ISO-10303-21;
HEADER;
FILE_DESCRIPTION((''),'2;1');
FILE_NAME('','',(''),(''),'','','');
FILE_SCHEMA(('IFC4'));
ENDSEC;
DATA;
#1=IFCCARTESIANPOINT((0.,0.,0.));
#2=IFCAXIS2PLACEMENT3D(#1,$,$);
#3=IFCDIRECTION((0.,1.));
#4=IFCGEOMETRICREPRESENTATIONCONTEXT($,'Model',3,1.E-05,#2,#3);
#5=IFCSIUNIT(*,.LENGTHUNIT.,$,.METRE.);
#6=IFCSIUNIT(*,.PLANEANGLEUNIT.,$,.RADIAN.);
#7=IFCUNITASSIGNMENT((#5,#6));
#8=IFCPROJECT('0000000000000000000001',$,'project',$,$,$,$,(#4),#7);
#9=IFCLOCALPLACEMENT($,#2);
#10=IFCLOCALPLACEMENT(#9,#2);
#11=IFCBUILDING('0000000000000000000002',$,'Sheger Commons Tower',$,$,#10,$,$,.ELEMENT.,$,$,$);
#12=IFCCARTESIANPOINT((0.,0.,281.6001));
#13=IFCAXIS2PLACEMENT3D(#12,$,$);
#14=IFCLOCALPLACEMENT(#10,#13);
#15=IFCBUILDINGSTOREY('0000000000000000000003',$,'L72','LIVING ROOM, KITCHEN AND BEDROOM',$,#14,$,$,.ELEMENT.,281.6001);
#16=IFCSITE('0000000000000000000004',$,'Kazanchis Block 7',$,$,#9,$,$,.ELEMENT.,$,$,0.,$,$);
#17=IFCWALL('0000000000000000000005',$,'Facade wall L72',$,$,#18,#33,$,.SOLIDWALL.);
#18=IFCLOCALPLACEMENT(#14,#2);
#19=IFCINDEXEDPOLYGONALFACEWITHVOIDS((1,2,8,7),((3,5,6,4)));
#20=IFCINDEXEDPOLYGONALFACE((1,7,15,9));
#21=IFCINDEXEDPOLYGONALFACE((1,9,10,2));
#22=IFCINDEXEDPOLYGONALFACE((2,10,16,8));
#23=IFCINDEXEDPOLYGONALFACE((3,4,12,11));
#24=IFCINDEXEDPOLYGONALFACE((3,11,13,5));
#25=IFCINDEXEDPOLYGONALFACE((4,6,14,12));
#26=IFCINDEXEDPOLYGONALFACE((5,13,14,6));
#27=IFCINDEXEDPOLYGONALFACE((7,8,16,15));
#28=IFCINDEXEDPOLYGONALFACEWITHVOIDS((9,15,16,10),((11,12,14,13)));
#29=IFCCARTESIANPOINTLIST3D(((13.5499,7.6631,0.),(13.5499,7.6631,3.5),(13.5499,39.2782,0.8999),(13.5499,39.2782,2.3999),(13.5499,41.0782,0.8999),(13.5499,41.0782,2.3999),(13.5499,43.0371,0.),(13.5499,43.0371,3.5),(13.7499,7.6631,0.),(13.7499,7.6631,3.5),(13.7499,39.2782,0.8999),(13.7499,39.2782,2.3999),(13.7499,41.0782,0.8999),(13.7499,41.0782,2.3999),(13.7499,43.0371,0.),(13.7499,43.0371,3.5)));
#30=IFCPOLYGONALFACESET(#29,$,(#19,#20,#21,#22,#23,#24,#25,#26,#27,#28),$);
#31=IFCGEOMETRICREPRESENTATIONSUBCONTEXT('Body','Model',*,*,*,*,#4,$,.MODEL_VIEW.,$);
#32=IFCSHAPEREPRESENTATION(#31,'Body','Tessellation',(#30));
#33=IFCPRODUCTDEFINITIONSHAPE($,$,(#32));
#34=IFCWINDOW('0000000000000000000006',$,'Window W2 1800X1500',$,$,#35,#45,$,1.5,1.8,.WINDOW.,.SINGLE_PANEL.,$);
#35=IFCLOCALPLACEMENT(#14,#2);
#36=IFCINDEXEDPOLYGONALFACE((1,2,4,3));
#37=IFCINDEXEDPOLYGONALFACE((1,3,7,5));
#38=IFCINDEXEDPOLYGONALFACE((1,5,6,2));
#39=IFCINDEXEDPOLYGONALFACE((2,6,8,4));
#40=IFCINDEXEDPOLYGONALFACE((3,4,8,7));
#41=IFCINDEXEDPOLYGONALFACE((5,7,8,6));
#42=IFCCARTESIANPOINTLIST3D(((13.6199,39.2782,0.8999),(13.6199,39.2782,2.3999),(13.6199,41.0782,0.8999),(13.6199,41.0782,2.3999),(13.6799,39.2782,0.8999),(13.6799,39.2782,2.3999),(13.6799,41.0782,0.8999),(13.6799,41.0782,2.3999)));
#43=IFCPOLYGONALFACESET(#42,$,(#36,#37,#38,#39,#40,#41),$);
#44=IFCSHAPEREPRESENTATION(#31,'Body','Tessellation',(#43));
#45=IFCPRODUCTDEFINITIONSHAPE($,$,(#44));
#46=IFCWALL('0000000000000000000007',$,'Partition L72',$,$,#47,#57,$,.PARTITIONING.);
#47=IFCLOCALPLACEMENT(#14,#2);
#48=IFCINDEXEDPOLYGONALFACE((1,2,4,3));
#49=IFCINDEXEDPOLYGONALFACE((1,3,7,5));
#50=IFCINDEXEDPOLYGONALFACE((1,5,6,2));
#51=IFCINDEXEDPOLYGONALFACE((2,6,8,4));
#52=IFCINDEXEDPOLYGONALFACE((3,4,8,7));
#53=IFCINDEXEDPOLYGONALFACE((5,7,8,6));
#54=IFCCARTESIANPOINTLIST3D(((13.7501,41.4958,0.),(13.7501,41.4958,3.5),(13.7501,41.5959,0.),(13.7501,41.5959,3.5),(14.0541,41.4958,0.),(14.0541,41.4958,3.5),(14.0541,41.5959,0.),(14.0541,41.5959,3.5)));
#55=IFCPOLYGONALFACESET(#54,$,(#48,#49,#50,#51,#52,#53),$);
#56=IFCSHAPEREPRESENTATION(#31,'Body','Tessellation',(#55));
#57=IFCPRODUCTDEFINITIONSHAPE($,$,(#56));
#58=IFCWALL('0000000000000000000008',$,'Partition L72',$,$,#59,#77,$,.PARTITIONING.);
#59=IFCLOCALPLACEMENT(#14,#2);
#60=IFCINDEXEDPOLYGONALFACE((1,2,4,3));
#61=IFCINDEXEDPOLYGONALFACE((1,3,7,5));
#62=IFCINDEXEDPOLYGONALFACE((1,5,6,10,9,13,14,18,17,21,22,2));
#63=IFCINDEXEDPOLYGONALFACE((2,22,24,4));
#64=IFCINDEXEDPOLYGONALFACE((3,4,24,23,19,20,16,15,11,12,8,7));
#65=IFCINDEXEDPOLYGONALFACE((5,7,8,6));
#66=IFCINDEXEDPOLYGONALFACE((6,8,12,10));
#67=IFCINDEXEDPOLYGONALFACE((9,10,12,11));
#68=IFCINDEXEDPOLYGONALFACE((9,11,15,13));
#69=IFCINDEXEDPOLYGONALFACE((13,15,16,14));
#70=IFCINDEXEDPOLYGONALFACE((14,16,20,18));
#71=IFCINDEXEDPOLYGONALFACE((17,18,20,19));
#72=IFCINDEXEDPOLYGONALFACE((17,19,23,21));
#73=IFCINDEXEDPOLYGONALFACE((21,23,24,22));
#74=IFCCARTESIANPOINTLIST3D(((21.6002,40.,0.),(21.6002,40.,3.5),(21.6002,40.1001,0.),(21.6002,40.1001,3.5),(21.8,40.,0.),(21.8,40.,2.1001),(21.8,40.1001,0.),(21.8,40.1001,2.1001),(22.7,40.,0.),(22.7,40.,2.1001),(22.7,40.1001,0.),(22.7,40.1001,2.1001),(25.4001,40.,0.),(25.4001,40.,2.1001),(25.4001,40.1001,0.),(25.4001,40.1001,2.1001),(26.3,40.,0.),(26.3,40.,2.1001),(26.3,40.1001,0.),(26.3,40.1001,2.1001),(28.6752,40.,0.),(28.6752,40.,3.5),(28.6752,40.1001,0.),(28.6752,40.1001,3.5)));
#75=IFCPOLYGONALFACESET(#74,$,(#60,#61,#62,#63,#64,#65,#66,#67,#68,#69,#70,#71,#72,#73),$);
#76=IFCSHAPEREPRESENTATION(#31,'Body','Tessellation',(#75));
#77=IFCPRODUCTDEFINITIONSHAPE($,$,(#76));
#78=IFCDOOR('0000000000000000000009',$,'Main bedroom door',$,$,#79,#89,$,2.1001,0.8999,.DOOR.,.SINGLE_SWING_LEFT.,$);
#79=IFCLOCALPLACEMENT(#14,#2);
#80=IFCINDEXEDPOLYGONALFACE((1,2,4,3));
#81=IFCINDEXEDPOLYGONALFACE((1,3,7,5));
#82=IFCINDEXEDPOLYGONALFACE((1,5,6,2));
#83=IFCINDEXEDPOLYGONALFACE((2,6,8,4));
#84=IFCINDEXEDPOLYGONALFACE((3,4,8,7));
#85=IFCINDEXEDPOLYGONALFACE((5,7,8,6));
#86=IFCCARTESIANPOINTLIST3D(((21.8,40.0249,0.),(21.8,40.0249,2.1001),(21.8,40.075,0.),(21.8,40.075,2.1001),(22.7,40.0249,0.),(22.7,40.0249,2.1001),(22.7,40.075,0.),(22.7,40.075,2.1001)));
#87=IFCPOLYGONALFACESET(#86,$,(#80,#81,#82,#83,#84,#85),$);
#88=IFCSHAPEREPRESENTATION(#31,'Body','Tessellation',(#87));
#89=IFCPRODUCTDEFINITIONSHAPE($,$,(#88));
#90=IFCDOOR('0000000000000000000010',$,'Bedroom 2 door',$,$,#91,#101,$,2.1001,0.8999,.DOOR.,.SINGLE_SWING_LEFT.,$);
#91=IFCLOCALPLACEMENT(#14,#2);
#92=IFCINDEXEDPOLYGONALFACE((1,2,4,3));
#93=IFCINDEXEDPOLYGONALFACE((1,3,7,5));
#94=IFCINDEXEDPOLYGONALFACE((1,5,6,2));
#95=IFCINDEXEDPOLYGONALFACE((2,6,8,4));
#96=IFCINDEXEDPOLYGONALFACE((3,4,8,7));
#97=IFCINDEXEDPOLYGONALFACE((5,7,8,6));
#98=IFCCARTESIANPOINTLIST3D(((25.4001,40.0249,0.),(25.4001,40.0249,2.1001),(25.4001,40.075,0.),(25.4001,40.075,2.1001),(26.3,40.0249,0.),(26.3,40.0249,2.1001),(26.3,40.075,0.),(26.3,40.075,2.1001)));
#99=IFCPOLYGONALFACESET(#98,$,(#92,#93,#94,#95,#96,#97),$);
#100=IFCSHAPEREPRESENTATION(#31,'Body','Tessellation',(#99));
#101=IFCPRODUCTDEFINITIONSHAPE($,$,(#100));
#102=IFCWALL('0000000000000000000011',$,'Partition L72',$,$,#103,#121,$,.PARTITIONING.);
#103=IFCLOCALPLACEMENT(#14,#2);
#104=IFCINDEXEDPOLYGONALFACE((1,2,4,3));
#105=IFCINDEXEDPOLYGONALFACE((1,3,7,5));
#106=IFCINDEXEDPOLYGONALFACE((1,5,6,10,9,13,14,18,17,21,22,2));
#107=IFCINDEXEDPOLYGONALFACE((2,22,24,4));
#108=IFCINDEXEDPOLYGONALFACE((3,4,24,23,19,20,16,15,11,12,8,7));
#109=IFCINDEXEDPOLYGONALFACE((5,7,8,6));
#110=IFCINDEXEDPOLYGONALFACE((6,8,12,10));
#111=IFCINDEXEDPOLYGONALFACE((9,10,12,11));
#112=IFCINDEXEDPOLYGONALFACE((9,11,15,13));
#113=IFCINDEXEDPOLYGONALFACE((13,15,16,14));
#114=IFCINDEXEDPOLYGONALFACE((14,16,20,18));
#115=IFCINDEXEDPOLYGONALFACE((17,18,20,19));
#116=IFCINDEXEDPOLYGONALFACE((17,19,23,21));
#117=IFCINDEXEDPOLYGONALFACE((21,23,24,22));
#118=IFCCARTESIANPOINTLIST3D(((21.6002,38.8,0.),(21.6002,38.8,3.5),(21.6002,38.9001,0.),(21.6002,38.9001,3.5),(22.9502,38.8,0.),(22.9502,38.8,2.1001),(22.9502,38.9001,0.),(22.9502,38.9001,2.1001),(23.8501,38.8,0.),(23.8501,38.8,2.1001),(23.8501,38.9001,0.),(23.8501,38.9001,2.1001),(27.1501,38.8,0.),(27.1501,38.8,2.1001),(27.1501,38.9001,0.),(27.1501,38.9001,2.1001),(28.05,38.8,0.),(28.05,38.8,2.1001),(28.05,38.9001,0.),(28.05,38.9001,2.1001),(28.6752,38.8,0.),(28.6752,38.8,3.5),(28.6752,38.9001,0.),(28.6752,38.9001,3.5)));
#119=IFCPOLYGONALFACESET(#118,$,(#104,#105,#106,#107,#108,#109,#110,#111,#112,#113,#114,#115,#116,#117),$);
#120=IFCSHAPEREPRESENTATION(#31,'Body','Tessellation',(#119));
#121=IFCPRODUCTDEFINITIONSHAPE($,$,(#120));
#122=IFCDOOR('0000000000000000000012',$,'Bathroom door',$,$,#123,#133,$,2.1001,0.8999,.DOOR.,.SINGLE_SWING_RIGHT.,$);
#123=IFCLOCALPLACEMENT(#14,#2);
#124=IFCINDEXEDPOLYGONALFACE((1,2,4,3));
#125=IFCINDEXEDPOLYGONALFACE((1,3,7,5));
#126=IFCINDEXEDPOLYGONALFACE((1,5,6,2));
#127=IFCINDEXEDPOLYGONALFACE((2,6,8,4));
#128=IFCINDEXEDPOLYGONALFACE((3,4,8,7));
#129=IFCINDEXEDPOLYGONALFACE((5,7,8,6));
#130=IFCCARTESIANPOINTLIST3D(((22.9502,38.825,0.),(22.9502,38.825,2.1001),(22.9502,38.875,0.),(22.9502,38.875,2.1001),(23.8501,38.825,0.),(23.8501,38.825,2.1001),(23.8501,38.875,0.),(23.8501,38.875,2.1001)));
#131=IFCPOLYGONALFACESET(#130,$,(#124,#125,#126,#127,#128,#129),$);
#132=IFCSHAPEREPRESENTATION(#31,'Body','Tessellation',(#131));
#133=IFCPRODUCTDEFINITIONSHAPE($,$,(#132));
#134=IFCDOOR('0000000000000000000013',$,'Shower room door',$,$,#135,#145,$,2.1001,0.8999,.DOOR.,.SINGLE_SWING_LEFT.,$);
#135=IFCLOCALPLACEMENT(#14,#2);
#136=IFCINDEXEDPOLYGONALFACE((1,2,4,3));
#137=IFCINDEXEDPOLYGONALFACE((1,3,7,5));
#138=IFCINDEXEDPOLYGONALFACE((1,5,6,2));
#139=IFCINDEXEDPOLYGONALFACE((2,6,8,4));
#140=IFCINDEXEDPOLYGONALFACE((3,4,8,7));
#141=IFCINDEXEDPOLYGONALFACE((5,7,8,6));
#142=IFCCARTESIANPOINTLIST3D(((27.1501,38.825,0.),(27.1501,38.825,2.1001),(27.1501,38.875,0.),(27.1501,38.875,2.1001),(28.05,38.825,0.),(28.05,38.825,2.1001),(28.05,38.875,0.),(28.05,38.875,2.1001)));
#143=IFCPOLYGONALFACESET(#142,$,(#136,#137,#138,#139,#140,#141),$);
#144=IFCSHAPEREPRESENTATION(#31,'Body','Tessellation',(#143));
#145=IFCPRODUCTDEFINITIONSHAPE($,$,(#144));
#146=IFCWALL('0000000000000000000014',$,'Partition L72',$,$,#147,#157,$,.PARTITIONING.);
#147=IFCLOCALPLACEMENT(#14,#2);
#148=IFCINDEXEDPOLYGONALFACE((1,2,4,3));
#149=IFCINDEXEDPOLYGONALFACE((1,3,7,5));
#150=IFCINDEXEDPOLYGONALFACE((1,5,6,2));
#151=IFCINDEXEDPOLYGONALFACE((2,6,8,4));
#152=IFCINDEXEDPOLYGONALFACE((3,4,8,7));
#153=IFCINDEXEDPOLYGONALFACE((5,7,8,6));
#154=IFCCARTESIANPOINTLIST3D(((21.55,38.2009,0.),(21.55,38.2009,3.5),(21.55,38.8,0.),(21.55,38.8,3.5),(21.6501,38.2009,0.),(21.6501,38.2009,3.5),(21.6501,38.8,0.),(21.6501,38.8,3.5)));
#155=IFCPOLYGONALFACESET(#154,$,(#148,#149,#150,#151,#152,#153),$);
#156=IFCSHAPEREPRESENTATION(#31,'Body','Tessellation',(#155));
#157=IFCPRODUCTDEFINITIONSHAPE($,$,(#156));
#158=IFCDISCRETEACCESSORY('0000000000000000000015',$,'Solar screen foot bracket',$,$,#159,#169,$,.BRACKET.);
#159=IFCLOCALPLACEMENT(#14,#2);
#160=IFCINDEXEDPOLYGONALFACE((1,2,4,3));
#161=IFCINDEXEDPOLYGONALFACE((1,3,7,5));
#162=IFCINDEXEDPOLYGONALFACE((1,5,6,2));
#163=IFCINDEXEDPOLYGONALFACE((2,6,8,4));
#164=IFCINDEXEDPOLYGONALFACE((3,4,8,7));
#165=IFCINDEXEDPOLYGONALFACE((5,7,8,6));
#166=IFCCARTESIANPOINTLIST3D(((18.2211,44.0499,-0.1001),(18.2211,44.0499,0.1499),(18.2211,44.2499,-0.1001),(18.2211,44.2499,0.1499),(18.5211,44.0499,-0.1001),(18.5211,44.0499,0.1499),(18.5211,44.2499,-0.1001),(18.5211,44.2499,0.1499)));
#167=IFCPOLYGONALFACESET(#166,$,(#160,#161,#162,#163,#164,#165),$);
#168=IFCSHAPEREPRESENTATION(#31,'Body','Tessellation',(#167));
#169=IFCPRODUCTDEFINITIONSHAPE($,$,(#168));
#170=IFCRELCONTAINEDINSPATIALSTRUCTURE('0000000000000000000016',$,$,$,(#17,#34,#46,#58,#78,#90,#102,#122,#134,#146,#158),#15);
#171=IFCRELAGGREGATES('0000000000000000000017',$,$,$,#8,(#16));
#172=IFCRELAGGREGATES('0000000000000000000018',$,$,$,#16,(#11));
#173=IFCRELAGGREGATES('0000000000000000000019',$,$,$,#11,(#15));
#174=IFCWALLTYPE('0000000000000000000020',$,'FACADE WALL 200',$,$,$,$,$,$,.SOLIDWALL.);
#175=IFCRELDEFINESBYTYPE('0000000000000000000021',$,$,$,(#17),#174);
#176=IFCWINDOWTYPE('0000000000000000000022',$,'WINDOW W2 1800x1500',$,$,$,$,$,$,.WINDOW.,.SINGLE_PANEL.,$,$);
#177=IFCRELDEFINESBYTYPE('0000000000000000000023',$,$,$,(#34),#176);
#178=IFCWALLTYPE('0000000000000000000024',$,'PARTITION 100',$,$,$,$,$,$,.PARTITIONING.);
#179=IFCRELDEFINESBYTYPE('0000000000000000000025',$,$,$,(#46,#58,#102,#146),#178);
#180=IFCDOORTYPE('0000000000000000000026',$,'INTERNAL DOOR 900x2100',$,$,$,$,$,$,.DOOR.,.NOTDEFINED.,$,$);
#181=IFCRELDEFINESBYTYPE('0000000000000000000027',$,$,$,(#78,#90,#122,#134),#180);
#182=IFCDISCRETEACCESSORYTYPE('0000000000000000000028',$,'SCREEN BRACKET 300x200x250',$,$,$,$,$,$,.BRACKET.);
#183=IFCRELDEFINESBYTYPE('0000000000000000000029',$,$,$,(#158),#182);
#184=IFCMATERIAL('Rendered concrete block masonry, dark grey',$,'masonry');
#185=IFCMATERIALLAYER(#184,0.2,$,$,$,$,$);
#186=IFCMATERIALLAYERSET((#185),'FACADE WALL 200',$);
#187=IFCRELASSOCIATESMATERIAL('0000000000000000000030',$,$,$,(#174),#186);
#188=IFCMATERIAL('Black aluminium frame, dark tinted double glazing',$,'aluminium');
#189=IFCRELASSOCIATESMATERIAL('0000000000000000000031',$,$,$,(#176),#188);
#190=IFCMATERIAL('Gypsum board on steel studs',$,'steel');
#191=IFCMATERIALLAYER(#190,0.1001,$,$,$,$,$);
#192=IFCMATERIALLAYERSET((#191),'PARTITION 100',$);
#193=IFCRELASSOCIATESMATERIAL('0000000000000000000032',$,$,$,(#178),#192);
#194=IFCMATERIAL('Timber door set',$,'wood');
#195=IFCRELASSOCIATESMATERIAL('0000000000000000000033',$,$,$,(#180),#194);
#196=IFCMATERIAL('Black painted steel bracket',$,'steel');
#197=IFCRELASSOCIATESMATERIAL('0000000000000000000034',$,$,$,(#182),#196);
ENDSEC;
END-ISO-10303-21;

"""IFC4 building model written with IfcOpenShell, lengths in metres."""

from ifc_helpers import new_model, si_unit, direction, frame, frame_2d, origin, origin_2d, place, context, subcontext, project, spatial, rectangle, extrude, material, layer, layer_set, type_object, element, fill, save


model = new_model("IFC4")

# Units and contexts
model_context = context("Model", 3, precision=1e-05, world=origin(), true_north=direction((0.0, 1.0)))
body_context = subcontext(model_context, "Body", "Model", "MODEL_VIEW")
ifc_project = project(units=[si_unit("LENGTHUNIT", "METRE"), si_unit("PLANEANGLEUNIT", "RADIAN")], contexts=[model_context])

# Site, building, storey
site_placement = place(None, origin())
site = spatial("IfcSite", under=ifc_project, at=site_placement, Name="Kazanchis Block 7", CompositionType="ELEMENT", RefElevation=0.0)
building_placement = place(site_placement, origin())
building = spatial("IfcBuilding", under=site, at=building_placement, Name="Sheger Commons Tower", CompositionType="ELEMENT")
storey_placement = place(building_placement, frame((0.0, 0.0, 281.6001)))
storey = spatial("IfcBuildingStorey", under=building, at=storey_placement, Name="L72", Description="LIVING ROOM, KITCHEN AND BEDROOM", CompositionType="ELEMENT", Elevation=281.6001)

# Shared definitions
ifc_material_1 = material(Name="Rendered concrete block masonry, dark grey", Category="masonry")
ifc_layer_1 = layer(ifc_material_1, 0.2)
ifc_layer_set_1 = layer_set([ifc_layer_1], Name="FACADE WALL 200")
wall_type_1 = type_object("IfcWallType", Name="FACADE WALL 200", PredefinedType="SOLIDWALL", material=ifc_layer_set_1)

# Wall, opening, window
wall_1_placement = place(storey_placement, frame((13.6499, 43.0371, 0.0), z_axis=(0.0, 0.0, 1.0), x_axis=(0.0, -1.0, 0.0)))
wall_1 = element("IfcWall", 1, at=wall_1_placement, inside=storey, type_object=wall_type_1, Name="Facade wall L72", PredefinedType="SOLIDWALL", context=body_context, shape_type="SweptSolid", body=[
    extrude(rectangle(XDim=35.374, YDim=0.2, at=frame_2d((17.687, 0.0))), origin(), (0.0, 0.0, 1.0), 3.5),
])
opening_1_placement = place(wall_1_placement, frame((1.959, 0.0, 0.8999)))
opening_1 = element("IfcOpeningElement", 2, at=opening_1_placement, cuts=wall_1, PredefinedType="OPENING", context=body_context, shape_type="SweptSolid", body=[
    extrude(rectangle(XDim=1.8, YDim=1.5, at=frame_2d((0.8999, 0.75))), frame((0.0, 0.1099, 0.0), z_axis=(0.0, -1.0, 0.0), x_axis=(1.0, 0.0, 0.0)), (0.0, 0.0, 1.0), 0.22),
])
ifc_material_2 = material(Name="Black aluminium frame, dark tinted double glazing", Category="aluminium")
window_type = type_object("IfcWindowType", Name="WINDOW W2 1800x1500", PartitioningType="SINGLE_PANEL", PredefinedType="WINDOW", material=ifc_material_2)
window_placement = place(opening_1_placement, origin())
window = element("IfcWindow", 3, at=window_placement, inside=storey, type_object=window_type, Name="Window W2 1800X1500", OverallHeight=1.5, OverallWidth=1.8, PartitioningType="SINGLE_PANEL", PredefinedType="WINDOW", context=body_context, shape_type="SweptSolid", body=[
    extrude(rectangle(XDim=1.8, YDim=1.5, at=frame_2d((0.8999, 0.75))), frame((0.0, 0.03, 0.0), z_axis=(0.0, -1.0, 0.0), x_axis=(1.0, 0.0, 0.0)), (0.0, 0.0, 1.0), 0.0601),
])
fill(opening_1, window)

# Wall
ifc_material_3 = material(Name="Gypsum board on steel studs", Category="steel")
ifc_layer_2 = layer(ifc_material_3, 0.1001)
ifc_layer_set_2 = layer_set([ifc_layer_2], Name="PARTITION 100")
wall_type_2 = type_object("IfcWallType", Name="PARTITION 100", PredefinedType="PARTITIONING", material=ifc_layer_set_2)
wall_2_placement = place(storey_placement, frame((14.054, 41.5459, 0.0), z_axis=(0.0, 0.0, 1.0), x_axis=(-1.0, 0.0, 0.0)))
element("IfcWall", 4, at=wall_2_placement, inside=storey, type_object=wall_type_2, Name="Partition L72", PredefinedType="PARTITIONING", context=body_context, shape_type="SweptSolid", body=[
    extrude(rectangle(XDim=0.304, YDim=0.1001, at=frame_2d((0.1519, 0.0))), origin(), (0.0, 0.0, 1.0), 3.5),
])

# Walls, openings, doors
wall_3_placement = place(storey_placement, frame((21.6001, 40.05, 0.0), z_axis=(0.0, 0.0, 1.0), x_axis=(1.0, 0.0, 0.0)))
wall_3 = element("IfcWall", 5, at=wall_3_placement, inside=storey, type_object=wall_type_2, Name="Partition L72", PredefinedType="PARTITIONING", context=body_context, shape_type="SweptSolid", body=[
    extrude(rectangle(XDim=7.075, YDim=0.1001, at=frame_2d((3.5376, 0.0))), origin(), (0.0, 0.0, 1.0), 3.5),
])
opening_2_placement = place(wall_3_placement, frame((0.2, 0.0, 0.0)))
opening_2 = element("IfcOpeningElement", 6, at=opening_2_placement, cuts=wall_3, PredefinedType="OPENING", context=body_context, shape_type="SweptSolid", body=[
    extrude(rectangle(XDim=0.8999, YDim=2.1001, at=frame_2d((0.45, 1.05))), frame((0.0, 0.0601, 0.0), z_axis=(0.0, -1.0, 0.0), x_axis=(1.0, 0.0, 0.0)), (0.0, 0.0, 1.0), 0.1201),
])
opening_3_placement = place(wall_3_placement, frame((3.8, 0.0, 0.0)))
opening_3 = element("IfcOpeningElement", 7, at=opening_3_placement, cuts=wall_3, PredefinedType="OPENING", context=body_context, shape_type="SweptSolid", body=[
    extrude(rectangle(XDim=0.8999, YDim=2.1001, at=frame_2d((0.45, 1.05))), frame((0.0, 0.0601, 0.0), z_axis=(0.0, -1.0, 0.0), x_axis=(1.0, 0.0, 0.0)), (0.0, 0.0, 1.0), 0.1201),
])
ifc_material_4 = material(Name="Timber door set", Category="wood")
door_type_1 = type_object("IfcDoorType", Name="INTERNAL DOOR 900x2100", OperationType="NOTDEFINED", PredefinedType="DOOR", material=ifc_material_4)
door_1_placement = place(opening_2_placement, origin())
door_1 = element("IfcDoor", 8, at=door_1_placement, inside=storey, type_object=door_type_1, Name="Main bedroom door", OperationType="SINGLE_SWING_LEFT", OverallHeight=2.1001, OverallWidth=0.8999, PredefinedType="DOOR", context=body_context, shape_type="SweptSolid", body=[
    extrude(rectangle(XDim=0.8999, YDim=2.1001, at=frame_2d((0.45, 1.05))), frame((0.0, 0.0249, 0.0), z_axis=(0.0, -1.0, 0.0), x_axis=(1.0, 0.0, 0.0)), (0.0, 0.0, 1.0), 0.05),
])
fill(opening_2, door_1)
door_2_placement = place(opening_3_placement, origin())
door_2 = element("IfcDoor", 9, at=door_2_placement, inside=storey, type_object=door_type_1, Name="Bedroom 2 door", OperationType="SINGLE_SWING_LEFT", OverallHeight=2.1001, OverallWidth=0.8999, PredefinedType="DOOR", context=body_context, shape_type="SweptSolid", body=[
    extrude(rectangle(XDim=0.8999, YDim=2.1001, at=frame_2d((0.45, 1.05))), frame((0.0, 0.0249, 0.0), z_axis=(0.0, -1.0, 0.0), x_axis=(1.0, 0.0, 0.0)), (0.0, 0.0, 1.0), 0.05),
])
fill(opening_3, door_2)
wall_4_placement = place(storey_placement, frame((21.6001, 38.8501, 0.0), z_axis=(0.0, 0.0, 1.0), x_axis=(1.0, 0.0, 0.0)))
wall_4 = element("IfcWall", 10, at=wall_4_placement, inside=storey, type_object=wall_type_2, Name="Partition L72", PredefinedType="PARTITIONING", context=body_context, shape_type="SweptSolid", body=[
    extrude(rectangle(XDim=7.075, YDim=0.1001, at=frame_2d((3.5376, 0.0))), origin(), (0.0, 0.0, 1.0), 3.5),
])
opening_4_placement = place(wall_4_placement, frame((1.3501, 0.0, 0.0)))
opening_4 = element("IfcOpeningElement", 11, at=opening_4_placement, cuts=wall_4, PredefinedType="OPENING", context=body_context, shape_type="SweptSolid", body=[
    extrude(rectangle(XDim=0.8999, YDim=2.1001, at=frame_2d((0.45, 1.05))), frame((0.0, 0.0601, 0.0), z_axis=(0.0, -1.0, 0.0), x_axis=(1.0, 0.0, 0.0)), (0.0, 0.0, 1.0), 0.1201),
])
opening_5_placement = place(wall_4_placement, frame((5.55, 0.0, 0.0)))
opening_5 = element("IfcOpeningElement", 12, at=opening_5_placement, cuts=wall_4, PredefinedType="OPENING", context=body_context, shape_type="SweptSolid", body=[
    extrude(rectangle(XDim=0.8999, YDim=2.1001, at=frame_2d((0.45, 1.05))), frame((0.0, 0.0601, 0.0), z_axis=(0.0, -1.0, 0.0), x_axis=(1.0, 0.0, 0.0)), (0.0, 0.0, 1.0), 0.1201),
])
door_3_placement = place(opening_4_placement, origin())
door_3 = element("IfcDoor", 13, at=door_3_placement, inside=storey, type_object=door_type_1, Name="Bathroom door", OperationType="SINGLE_SWING_RIGHT", OverallHeight=2.1001, OverallWidth=0.8999, PredefinedType="DOOR", context=body_context, shape_type="SweptSolid", body=[
    extrude(rectangle(XDim=0.8999, YDim=2.1001, at=frame_2d((0.45, 1.05))), frame((0.0, 0.0249, 0.0), z_axis=(0.0, -1.0, 0.0), x_axis=(1.0, 0.0, 0.0)), (0.0, 0.0, 1.0), 0.05),
])
fill(opening_4, door_3)
door_4_placement = place(opening_5_placement, origin())
door_4 = element("IfcDoor", 14, at=door_4_placement, inside=storey, type_object=door_type_1, Name="Shower room door", OperationType="SINGLE_SWING_LEFT", OverallHeight=2.1001, OverallWidth=0.8999, PredefinedType="DOOR", context=body_context, shape_type="SweptSolid", body=[
    extrude(rectangle(XDim=0.8999, YDim=2.1001, at=frame_2d((0.45, 1.05))), frame((0.0, 0.0249, 0.0), z_axis=(0.0, -1.0, 0.0), x_axis=(1.0, 0.0, 0.0)), (0.0, 0.0, 1.0), 0.05),
])
fill(opening_5, door_4)

# Wall
wall_5_placement = place(storey_placement, frame((21.6001, 38.2009, 0.0), z_axis=(0.0, 0.0, 1.0), x_axis=(0.0, 1.0, 0.0)))
element("IfcWall", 15, at=wall_5_placement, inside=storey, type_object=wall_type_2, Name="Partition L72", PredefinedType="PARTITIONING", context=body_context, shape_type="SweptSolid", body=[
    extrude(rectangle(XDim=0.5991, YDim=0.1001, at=frame_2d((0.2996, 0.0))), origin(), (0.0, 0.0, 1.0), 3.5),
])

# Discrete accessory
ifc_material_5 = material(Name="Black painted steel bracket", Category="steel")
discrete_accessory_type = type_object("IfcDiscreteAccessoryType", Name="SCREEN BRACKET 300x200x250", PredefinedType="BRACKET", material=ifc_material_5)
for number, where, z_axis, x_axis, name in (
    (16, (18.3711, 44.1499, -0.1001), (0.0, 0.0, 1.0), (-1.0, 0.0, 0.0), "Solar screen foot bracket"),
):
    element("IfcDiscreteAccessory", number, at=place(storey_placement, frame(where, z_axis=z_axis, x_axis=x_axis)), inside=storey, type_object=discrete_accessory_type, Name=name, PredefinedType="BRACKET", context=body_context, shape_type="SweptSolid", body=[
        extrude(rectangle(XDim=0.3, YDim=0.2, at=origin_2d()), origin(), (0.0, 0.0, 1.0), 0.25),
    ])

save(model, "model.ifc")
